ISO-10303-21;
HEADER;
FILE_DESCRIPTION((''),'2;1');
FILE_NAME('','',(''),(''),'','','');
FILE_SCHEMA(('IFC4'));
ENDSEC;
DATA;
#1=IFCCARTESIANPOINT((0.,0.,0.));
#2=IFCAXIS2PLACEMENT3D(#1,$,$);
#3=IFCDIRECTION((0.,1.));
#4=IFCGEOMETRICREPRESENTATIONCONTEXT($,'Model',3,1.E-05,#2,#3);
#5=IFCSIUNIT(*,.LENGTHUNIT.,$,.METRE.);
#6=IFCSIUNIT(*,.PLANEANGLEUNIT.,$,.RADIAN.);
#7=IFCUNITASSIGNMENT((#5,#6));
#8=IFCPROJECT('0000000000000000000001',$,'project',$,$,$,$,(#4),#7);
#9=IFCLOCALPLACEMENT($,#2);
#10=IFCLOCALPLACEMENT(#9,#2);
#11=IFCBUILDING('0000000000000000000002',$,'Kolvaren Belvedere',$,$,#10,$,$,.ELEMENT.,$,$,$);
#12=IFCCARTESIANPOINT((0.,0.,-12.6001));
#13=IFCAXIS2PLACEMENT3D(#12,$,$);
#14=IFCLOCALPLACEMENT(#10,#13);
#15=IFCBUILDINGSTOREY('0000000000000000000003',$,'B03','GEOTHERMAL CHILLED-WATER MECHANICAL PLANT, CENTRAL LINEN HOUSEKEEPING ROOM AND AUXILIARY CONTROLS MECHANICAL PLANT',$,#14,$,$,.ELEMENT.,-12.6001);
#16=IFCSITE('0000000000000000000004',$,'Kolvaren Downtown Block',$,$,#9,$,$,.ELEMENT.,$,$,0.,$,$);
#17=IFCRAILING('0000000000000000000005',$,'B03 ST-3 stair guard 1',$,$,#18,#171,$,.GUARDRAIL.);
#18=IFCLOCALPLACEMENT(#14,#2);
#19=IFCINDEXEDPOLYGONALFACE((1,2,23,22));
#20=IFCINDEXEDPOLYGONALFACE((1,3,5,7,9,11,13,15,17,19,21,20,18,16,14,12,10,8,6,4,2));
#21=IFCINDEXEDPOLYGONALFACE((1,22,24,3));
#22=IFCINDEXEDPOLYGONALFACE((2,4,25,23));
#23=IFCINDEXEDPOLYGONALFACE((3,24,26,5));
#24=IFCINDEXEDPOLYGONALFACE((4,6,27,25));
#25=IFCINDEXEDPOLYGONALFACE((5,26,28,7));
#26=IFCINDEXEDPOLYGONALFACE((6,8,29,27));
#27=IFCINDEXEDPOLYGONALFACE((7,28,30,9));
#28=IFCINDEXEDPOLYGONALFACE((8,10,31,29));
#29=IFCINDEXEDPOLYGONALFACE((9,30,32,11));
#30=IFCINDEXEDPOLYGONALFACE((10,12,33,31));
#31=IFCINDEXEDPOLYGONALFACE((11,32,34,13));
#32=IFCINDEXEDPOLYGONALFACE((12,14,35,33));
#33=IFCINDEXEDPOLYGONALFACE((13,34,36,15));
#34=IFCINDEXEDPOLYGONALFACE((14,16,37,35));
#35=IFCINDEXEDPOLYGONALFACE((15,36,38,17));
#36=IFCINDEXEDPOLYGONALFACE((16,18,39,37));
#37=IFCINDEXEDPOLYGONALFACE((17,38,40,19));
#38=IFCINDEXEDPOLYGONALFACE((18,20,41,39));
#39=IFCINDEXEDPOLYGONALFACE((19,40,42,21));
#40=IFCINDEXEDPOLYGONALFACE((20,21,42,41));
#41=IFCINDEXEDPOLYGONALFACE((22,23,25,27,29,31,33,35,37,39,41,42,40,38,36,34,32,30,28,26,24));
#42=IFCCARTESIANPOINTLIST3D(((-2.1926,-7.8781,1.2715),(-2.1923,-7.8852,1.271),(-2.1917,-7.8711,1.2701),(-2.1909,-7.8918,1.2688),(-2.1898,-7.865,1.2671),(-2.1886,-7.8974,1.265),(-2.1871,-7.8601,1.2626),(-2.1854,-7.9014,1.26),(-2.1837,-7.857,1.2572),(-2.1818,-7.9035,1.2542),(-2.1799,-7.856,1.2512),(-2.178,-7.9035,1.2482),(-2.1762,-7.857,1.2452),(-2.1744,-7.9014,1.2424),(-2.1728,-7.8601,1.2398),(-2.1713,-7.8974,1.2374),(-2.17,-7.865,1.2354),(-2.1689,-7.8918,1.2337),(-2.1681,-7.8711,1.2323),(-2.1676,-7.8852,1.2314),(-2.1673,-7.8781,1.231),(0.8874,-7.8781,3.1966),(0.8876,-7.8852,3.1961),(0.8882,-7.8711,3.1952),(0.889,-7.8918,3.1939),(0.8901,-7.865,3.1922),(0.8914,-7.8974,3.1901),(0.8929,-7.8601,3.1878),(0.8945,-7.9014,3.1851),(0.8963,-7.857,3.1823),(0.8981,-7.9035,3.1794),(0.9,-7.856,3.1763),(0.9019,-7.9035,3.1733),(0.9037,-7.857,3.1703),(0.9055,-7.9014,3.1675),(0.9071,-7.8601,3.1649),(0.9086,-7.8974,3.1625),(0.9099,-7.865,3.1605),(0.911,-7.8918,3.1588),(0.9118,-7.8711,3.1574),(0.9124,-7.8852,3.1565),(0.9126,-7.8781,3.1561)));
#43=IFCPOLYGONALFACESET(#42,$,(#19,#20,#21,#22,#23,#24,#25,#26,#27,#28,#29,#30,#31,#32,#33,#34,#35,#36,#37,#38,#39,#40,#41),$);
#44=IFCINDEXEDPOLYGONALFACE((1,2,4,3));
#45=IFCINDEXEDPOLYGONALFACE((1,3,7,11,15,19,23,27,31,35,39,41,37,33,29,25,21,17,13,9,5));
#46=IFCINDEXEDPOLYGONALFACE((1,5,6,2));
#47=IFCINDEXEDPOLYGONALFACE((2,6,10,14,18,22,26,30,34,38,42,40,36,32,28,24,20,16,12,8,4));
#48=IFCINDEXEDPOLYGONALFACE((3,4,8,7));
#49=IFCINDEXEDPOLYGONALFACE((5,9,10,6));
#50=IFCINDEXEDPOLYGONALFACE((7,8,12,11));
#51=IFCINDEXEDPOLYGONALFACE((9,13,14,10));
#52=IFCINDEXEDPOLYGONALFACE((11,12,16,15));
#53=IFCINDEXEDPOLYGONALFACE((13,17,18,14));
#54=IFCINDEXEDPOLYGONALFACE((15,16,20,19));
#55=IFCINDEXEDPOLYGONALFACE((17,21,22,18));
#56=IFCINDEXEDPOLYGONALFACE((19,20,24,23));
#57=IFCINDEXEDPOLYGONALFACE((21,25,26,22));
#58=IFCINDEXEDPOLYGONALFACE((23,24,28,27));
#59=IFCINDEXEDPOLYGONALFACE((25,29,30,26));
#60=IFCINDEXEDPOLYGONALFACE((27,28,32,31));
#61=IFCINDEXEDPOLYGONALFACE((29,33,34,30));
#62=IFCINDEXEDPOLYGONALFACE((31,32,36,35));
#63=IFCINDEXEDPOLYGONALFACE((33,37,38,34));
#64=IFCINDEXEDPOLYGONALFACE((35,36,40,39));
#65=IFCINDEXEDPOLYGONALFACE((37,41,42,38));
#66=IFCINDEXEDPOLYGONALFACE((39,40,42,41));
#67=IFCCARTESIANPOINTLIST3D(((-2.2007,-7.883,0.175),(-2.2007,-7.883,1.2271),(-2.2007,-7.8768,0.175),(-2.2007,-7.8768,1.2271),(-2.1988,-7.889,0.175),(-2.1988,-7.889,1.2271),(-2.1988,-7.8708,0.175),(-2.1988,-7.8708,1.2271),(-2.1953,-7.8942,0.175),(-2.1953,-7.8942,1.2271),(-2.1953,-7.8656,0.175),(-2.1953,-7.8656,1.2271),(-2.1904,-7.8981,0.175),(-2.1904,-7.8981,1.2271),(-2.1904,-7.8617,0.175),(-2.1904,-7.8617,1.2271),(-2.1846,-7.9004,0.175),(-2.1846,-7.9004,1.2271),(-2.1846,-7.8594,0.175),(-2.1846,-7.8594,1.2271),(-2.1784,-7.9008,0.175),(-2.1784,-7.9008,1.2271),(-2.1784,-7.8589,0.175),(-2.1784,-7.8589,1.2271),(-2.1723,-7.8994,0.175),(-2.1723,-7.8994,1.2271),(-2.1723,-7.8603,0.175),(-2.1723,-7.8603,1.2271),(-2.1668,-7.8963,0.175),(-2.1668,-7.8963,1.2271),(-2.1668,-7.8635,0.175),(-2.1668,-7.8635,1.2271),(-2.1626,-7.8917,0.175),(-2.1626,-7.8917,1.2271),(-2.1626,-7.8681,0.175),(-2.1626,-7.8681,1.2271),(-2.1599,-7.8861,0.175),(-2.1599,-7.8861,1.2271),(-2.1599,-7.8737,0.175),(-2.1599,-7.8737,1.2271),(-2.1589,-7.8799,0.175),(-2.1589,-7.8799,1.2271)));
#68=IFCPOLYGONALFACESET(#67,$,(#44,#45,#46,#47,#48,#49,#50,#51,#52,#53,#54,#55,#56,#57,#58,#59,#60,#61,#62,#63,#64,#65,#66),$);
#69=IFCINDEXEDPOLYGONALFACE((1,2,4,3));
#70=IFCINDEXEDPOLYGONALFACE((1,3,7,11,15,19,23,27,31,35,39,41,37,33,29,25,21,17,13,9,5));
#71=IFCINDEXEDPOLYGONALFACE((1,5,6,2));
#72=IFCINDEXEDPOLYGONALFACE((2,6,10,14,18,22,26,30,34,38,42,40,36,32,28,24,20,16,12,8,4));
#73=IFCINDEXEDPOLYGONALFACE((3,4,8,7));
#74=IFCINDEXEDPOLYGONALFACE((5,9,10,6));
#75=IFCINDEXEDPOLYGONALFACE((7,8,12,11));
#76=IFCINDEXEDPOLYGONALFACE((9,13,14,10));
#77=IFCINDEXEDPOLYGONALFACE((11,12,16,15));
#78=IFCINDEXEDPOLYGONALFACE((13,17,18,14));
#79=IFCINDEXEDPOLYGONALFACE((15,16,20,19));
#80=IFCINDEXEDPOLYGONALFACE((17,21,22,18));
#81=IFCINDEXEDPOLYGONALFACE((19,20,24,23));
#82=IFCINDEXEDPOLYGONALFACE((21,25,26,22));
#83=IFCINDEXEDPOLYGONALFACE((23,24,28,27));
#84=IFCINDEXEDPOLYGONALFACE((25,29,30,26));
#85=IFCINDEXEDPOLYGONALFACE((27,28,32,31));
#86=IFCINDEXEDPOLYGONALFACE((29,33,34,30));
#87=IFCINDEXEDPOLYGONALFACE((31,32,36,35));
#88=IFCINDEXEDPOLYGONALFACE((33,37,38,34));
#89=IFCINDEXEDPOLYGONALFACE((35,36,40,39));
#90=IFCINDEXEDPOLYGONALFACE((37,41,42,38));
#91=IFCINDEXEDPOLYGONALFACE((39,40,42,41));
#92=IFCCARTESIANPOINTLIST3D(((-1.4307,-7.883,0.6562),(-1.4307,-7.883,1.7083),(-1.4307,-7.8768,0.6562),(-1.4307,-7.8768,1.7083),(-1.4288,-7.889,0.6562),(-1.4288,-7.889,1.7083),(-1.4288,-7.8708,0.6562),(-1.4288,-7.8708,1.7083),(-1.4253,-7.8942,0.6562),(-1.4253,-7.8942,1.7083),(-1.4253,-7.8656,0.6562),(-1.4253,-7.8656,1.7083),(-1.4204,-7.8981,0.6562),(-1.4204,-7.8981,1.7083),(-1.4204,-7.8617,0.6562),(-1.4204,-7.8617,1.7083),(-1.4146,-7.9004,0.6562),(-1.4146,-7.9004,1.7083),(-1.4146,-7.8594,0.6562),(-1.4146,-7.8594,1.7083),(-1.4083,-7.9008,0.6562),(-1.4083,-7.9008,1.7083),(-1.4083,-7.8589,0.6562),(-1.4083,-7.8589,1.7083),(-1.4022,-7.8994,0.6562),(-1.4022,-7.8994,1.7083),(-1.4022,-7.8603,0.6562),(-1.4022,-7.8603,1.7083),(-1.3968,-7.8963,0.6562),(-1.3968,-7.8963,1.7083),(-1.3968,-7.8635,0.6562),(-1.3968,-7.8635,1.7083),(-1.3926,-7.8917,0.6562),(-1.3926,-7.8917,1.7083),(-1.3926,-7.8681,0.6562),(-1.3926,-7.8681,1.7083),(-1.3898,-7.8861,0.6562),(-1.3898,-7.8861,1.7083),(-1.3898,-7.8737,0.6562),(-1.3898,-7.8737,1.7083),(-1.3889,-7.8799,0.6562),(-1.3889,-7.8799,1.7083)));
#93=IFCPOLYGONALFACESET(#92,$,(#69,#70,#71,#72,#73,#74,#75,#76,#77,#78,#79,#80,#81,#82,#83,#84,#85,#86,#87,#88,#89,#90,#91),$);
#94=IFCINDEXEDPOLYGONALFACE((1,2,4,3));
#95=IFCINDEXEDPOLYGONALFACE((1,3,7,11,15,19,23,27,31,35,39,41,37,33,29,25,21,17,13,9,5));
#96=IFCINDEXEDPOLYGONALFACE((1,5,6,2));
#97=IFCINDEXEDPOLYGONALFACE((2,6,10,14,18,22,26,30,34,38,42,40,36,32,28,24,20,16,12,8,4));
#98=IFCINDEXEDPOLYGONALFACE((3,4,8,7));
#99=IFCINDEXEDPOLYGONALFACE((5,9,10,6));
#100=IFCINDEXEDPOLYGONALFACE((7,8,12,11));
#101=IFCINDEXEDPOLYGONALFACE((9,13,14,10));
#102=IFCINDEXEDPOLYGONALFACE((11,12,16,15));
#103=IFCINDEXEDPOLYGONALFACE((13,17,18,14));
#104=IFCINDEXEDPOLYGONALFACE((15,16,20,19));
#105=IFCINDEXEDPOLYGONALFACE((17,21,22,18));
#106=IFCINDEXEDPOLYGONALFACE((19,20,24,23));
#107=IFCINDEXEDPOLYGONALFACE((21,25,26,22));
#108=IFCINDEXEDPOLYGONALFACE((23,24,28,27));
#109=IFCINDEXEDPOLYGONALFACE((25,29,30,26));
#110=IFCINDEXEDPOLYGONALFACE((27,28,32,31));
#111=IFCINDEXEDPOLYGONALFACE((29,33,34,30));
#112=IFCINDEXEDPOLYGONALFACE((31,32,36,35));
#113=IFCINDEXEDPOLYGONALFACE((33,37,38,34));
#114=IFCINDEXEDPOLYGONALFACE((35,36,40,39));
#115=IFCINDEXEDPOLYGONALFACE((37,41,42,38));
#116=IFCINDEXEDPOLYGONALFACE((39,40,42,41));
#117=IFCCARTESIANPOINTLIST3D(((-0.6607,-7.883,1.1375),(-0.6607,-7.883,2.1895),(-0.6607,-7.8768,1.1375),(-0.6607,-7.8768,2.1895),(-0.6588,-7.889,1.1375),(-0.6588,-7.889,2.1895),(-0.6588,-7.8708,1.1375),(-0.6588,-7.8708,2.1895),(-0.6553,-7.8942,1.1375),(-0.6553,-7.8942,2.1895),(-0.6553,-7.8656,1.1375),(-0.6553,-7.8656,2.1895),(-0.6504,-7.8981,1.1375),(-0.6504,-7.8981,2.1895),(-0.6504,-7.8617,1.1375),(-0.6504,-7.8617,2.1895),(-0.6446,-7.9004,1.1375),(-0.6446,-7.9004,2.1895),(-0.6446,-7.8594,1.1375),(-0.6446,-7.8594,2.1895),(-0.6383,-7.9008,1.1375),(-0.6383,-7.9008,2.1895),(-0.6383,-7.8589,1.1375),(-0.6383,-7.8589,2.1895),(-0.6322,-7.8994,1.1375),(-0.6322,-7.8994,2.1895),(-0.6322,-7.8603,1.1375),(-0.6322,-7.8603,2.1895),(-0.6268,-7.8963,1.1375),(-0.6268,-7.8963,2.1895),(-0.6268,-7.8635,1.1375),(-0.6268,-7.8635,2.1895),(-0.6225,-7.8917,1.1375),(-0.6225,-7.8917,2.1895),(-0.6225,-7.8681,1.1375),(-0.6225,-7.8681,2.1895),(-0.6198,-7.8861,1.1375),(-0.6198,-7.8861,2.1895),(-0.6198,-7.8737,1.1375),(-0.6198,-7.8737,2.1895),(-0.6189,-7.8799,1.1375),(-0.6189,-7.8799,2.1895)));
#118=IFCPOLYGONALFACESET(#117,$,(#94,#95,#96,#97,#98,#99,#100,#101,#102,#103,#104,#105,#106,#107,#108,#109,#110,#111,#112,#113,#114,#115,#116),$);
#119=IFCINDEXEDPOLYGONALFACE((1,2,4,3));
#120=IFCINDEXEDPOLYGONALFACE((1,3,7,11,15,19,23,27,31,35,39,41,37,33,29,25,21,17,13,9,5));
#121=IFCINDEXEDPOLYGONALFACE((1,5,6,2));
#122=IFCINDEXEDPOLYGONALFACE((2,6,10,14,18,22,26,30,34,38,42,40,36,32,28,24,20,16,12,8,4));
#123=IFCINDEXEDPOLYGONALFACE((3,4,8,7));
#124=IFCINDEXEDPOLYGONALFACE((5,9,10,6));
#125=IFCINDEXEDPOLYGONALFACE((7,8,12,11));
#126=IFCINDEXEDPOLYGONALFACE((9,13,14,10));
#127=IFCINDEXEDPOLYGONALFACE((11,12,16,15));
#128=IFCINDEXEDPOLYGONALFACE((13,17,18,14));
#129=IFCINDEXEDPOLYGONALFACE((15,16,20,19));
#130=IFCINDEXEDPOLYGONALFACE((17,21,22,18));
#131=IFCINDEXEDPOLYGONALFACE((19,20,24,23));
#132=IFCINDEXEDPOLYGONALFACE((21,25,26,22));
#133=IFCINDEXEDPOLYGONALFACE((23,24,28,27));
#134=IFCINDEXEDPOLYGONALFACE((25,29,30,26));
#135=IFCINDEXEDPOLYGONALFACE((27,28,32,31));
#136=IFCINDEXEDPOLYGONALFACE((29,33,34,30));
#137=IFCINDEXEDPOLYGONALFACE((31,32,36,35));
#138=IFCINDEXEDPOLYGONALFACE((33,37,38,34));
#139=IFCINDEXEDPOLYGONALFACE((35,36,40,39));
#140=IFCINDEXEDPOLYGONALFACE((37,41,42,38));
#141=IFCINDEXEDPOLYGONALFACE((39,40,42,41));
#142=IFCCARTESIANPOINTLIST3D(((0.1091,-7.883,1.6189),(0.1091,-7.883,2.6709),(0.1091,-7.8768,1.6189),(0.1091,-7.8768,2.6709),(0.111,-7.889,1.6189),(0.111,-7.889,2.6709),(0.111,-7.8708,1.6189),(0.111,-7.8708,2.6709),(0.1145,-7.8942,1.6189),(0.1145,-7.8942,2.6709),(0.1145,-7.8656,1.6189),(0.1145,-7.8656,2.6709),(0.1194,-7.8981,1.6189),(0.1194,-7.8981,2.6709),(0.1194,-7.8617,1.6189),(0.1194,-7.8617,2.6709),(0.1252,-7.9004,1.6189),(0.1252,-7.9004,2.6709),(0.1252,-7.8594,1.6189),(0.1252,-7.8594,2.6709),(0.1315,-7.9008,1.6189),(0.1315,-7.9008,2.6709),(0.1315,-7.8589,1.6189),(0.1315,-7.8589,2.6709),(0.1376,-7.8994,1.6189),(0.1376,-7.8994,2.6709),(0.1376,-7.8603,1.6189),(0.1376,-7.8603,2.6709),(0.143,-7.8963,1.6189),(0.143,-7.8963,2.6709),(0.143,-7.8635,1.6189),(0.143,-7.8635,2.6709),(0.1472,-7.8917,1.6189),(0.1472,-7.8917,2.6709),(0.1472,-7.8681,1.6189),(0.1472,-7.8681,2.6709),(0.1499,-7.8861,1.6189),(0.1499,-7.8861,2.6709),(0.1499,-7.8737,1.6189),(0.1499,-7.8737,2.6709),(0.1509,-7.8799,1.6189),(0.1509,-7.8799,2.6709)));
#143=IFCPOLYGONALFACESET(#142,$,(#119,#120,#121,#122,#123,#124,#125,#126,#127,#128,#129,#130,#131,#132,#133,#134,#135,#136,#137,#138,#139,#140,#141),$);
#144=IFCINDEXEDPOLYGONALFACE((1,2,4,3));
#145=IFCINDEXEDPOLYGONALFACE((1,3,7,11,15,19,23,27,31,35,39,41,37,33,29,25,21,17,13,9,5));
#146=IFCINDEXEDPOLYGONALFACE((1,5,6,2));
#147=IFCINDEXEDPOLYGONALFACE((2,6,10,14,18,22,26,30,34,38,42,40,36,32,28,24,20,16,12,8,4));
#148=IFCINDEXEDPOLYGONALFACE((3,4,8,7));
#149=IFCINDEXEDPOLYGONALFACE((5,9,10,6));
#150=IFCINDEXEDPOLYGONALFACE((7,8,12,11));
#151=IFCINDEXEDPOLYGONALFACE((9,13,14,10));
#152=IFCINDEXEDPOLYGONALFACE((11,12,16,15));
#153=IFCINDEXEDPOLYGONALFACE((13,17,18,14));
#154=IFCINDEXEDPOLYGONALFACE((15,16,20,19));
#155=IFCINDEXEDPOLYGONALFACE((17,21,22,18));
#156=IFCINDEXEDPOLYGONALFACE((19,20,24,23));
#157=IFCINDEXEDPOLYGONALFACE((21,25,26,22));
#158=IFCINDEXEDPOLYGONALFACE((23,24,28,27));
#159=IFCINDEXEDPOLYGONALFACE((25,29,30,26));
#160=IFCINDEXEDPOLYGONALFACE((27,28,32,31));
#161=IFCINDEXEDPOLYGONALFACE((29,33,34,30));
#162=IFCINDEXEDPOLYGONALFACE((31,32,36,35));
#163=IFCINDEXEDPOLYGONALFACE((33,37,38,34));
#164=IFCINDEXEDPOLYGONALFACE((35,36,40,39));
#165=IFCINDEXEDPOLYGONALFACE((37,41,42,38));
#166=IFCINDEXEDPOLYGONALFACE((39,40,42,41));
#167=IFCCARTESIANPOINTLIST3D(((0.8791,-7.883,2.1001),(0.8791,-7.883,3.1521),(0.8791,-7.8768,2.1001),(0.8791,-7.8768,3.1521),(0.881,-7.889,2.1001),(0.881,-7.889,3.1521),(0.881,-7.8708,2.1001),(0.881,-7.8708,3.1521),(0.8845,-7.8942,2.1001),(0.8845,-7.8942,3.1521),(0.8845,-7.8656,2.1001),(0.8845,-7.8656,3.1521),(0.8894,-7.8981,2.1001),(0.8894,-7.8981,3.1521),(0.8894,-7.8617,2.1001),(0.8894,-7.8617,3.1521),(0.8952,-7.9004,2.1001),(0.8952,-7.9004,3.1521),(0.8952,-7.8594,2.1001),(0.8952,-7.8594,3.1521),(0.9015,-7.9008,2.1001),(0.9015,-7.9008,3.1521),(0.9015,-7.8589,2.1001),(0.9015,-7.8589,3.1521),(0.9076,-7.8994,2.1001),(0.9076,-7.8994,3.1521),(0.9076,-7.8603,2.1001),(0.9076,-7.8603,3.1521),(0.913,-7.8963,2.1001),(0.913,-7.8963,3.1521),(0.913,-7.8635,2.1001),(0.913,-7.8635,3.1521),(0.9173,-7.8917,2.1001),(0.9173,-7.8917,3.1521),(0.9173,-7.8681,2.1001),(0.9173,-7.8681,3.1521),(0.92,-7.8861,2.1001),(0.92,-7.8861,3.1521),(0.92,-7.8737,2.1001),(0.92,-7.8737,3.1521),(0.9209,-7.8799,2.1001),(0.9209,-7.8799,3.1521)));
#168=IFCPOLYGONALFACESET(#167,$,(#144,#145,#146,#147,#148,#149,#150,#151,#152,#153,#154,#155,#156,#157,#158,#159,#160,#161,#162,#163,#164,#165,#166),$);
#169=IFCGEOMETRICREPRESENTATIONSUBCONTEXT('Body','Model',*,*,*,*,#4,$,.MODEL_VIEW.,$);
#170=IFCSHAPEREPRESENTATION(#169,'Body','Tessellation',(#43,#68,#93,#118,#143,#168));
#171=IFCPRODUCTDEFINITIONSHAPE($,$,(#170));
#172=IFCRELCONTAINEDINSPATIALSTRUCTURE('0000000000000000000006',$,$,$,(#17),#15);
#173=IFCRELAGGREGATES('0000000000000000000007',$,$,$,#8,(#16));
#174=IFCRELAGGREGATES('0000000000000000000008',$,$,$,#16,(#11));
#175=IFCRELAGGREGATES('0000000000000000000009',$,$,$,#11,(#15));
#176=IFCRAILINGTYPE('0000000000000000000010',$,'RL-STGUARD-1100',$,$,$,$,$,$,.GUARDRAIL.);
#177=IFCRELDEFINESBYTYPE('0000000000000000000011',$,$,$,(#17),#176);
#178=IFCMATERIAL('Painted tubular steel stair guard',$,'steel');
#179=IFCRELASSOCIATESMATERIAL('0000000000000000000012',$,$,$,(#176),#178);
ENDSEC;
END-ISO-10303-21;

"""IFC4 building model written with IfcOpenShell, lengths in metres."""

from ifc_helpers import new_model, si_unit, direction, frame, origin, origin_2d, place, context, subcontext, project, spatial, circle, extrude, material, type_object, element, save


model = new_model("IFC4")

# Units and contexts
model_context = context("Model", 3, precision=1e-05, world=origin(), true_north=direction((0.0, 1.0)))
body_context = subcontext(model_context, "Body", "Model", "MODEL_VIEW")
ifc_project = project(units=[si_unit("LENGTHUNIT", "METRE"), si_unit("PLANEANGLEUNIT", "RADIAN")], contexts=[model_context])

# Site, building, storey
site_placement = place(None, origin())
site = spatial("IfcSite", under=ifc_project, at=site_placement, Name="Kolvaren Downtown Block", CompositionType="ELEMENT", RefElevation=0.0)
building_placement = place(site_placement, origin())
building = spatial("IfcBuilding", under=site, at=building_placement, Name="Kolvaren Belvedere", CompositionType="ELEMENT")
storey_placement = place(building_placement, frame((0.0, 0.0, -12.6001)))
storey = spatial("IfcBuildingStorey", under=building, at=storey_placement, Name="B03", Description="GEOTHERMAL CHILLED-WATER MECHANICAL PLANT, CENTRAL LINEN HOUSEKEEPING ROOM AND AUXILIARY CONTROLS MECHANICAL PLANT", CompositionType="ELEMENT", Elevation=-12.6001)

# Railing
ifc_material_1 = material(Name="Painted tubular steel stair guard", Category="steel")
railing_type_1 = type_object("IfcRailingType", Name="RL-STGUARD-1100", PredefinedType="GUARDRAIL", material=ifc_material_1)
railing_1_placement = place(storey_placement, frame((-2.1799, -7.8799, 0.175)))
element("IfcRailing", 1, at=railing_1_placement, inside=storey, type_object=railing_type_1, Name="B03 ST-3 stair guard 1", PredefinedType="GUARDRAIL", context=body_context, shape_type="SweptSolid", body=[
    extrude(circle(Radius=0.0239, at=origin_2d()), frame((0.0, 0.0, 1.0762), z_axis=(0.847979, 0.0, 0.530029), x_axis=(0.0, 1.0, 0.0)), (0.0, 0.0, 1.0), 3.6321),
    extrude(circle(Radius=0.021, at=origin_2d()), origin(), (0.0, 0.0, 1.0), 1.052),
    extrude(circle(Radius=0.021, at=origin_2d()), frame((0.77, 0.0, 0.4812)), (0.0, 0.0, 1.0), 1.052),
    extrude(circle(Radius=0.021, at=origin_2d()), frame((1.54, 0.0, 0.9624)), (0.0, 0.0, 1.0), 1.052),
    extrude(circle(Radius=0.021, at=origin_2d()), frame((2.3098, 0.0, 1.4438)), (0.0, 0.0, 1.0), 1.052),
    extrude(circle(Radius=0.021, at=origin_2d()), frame((3.0798, 0.0, 1.925)), (0.0, 0.0, 1.0), 1.052),
])

save(model, "model.ifc")
